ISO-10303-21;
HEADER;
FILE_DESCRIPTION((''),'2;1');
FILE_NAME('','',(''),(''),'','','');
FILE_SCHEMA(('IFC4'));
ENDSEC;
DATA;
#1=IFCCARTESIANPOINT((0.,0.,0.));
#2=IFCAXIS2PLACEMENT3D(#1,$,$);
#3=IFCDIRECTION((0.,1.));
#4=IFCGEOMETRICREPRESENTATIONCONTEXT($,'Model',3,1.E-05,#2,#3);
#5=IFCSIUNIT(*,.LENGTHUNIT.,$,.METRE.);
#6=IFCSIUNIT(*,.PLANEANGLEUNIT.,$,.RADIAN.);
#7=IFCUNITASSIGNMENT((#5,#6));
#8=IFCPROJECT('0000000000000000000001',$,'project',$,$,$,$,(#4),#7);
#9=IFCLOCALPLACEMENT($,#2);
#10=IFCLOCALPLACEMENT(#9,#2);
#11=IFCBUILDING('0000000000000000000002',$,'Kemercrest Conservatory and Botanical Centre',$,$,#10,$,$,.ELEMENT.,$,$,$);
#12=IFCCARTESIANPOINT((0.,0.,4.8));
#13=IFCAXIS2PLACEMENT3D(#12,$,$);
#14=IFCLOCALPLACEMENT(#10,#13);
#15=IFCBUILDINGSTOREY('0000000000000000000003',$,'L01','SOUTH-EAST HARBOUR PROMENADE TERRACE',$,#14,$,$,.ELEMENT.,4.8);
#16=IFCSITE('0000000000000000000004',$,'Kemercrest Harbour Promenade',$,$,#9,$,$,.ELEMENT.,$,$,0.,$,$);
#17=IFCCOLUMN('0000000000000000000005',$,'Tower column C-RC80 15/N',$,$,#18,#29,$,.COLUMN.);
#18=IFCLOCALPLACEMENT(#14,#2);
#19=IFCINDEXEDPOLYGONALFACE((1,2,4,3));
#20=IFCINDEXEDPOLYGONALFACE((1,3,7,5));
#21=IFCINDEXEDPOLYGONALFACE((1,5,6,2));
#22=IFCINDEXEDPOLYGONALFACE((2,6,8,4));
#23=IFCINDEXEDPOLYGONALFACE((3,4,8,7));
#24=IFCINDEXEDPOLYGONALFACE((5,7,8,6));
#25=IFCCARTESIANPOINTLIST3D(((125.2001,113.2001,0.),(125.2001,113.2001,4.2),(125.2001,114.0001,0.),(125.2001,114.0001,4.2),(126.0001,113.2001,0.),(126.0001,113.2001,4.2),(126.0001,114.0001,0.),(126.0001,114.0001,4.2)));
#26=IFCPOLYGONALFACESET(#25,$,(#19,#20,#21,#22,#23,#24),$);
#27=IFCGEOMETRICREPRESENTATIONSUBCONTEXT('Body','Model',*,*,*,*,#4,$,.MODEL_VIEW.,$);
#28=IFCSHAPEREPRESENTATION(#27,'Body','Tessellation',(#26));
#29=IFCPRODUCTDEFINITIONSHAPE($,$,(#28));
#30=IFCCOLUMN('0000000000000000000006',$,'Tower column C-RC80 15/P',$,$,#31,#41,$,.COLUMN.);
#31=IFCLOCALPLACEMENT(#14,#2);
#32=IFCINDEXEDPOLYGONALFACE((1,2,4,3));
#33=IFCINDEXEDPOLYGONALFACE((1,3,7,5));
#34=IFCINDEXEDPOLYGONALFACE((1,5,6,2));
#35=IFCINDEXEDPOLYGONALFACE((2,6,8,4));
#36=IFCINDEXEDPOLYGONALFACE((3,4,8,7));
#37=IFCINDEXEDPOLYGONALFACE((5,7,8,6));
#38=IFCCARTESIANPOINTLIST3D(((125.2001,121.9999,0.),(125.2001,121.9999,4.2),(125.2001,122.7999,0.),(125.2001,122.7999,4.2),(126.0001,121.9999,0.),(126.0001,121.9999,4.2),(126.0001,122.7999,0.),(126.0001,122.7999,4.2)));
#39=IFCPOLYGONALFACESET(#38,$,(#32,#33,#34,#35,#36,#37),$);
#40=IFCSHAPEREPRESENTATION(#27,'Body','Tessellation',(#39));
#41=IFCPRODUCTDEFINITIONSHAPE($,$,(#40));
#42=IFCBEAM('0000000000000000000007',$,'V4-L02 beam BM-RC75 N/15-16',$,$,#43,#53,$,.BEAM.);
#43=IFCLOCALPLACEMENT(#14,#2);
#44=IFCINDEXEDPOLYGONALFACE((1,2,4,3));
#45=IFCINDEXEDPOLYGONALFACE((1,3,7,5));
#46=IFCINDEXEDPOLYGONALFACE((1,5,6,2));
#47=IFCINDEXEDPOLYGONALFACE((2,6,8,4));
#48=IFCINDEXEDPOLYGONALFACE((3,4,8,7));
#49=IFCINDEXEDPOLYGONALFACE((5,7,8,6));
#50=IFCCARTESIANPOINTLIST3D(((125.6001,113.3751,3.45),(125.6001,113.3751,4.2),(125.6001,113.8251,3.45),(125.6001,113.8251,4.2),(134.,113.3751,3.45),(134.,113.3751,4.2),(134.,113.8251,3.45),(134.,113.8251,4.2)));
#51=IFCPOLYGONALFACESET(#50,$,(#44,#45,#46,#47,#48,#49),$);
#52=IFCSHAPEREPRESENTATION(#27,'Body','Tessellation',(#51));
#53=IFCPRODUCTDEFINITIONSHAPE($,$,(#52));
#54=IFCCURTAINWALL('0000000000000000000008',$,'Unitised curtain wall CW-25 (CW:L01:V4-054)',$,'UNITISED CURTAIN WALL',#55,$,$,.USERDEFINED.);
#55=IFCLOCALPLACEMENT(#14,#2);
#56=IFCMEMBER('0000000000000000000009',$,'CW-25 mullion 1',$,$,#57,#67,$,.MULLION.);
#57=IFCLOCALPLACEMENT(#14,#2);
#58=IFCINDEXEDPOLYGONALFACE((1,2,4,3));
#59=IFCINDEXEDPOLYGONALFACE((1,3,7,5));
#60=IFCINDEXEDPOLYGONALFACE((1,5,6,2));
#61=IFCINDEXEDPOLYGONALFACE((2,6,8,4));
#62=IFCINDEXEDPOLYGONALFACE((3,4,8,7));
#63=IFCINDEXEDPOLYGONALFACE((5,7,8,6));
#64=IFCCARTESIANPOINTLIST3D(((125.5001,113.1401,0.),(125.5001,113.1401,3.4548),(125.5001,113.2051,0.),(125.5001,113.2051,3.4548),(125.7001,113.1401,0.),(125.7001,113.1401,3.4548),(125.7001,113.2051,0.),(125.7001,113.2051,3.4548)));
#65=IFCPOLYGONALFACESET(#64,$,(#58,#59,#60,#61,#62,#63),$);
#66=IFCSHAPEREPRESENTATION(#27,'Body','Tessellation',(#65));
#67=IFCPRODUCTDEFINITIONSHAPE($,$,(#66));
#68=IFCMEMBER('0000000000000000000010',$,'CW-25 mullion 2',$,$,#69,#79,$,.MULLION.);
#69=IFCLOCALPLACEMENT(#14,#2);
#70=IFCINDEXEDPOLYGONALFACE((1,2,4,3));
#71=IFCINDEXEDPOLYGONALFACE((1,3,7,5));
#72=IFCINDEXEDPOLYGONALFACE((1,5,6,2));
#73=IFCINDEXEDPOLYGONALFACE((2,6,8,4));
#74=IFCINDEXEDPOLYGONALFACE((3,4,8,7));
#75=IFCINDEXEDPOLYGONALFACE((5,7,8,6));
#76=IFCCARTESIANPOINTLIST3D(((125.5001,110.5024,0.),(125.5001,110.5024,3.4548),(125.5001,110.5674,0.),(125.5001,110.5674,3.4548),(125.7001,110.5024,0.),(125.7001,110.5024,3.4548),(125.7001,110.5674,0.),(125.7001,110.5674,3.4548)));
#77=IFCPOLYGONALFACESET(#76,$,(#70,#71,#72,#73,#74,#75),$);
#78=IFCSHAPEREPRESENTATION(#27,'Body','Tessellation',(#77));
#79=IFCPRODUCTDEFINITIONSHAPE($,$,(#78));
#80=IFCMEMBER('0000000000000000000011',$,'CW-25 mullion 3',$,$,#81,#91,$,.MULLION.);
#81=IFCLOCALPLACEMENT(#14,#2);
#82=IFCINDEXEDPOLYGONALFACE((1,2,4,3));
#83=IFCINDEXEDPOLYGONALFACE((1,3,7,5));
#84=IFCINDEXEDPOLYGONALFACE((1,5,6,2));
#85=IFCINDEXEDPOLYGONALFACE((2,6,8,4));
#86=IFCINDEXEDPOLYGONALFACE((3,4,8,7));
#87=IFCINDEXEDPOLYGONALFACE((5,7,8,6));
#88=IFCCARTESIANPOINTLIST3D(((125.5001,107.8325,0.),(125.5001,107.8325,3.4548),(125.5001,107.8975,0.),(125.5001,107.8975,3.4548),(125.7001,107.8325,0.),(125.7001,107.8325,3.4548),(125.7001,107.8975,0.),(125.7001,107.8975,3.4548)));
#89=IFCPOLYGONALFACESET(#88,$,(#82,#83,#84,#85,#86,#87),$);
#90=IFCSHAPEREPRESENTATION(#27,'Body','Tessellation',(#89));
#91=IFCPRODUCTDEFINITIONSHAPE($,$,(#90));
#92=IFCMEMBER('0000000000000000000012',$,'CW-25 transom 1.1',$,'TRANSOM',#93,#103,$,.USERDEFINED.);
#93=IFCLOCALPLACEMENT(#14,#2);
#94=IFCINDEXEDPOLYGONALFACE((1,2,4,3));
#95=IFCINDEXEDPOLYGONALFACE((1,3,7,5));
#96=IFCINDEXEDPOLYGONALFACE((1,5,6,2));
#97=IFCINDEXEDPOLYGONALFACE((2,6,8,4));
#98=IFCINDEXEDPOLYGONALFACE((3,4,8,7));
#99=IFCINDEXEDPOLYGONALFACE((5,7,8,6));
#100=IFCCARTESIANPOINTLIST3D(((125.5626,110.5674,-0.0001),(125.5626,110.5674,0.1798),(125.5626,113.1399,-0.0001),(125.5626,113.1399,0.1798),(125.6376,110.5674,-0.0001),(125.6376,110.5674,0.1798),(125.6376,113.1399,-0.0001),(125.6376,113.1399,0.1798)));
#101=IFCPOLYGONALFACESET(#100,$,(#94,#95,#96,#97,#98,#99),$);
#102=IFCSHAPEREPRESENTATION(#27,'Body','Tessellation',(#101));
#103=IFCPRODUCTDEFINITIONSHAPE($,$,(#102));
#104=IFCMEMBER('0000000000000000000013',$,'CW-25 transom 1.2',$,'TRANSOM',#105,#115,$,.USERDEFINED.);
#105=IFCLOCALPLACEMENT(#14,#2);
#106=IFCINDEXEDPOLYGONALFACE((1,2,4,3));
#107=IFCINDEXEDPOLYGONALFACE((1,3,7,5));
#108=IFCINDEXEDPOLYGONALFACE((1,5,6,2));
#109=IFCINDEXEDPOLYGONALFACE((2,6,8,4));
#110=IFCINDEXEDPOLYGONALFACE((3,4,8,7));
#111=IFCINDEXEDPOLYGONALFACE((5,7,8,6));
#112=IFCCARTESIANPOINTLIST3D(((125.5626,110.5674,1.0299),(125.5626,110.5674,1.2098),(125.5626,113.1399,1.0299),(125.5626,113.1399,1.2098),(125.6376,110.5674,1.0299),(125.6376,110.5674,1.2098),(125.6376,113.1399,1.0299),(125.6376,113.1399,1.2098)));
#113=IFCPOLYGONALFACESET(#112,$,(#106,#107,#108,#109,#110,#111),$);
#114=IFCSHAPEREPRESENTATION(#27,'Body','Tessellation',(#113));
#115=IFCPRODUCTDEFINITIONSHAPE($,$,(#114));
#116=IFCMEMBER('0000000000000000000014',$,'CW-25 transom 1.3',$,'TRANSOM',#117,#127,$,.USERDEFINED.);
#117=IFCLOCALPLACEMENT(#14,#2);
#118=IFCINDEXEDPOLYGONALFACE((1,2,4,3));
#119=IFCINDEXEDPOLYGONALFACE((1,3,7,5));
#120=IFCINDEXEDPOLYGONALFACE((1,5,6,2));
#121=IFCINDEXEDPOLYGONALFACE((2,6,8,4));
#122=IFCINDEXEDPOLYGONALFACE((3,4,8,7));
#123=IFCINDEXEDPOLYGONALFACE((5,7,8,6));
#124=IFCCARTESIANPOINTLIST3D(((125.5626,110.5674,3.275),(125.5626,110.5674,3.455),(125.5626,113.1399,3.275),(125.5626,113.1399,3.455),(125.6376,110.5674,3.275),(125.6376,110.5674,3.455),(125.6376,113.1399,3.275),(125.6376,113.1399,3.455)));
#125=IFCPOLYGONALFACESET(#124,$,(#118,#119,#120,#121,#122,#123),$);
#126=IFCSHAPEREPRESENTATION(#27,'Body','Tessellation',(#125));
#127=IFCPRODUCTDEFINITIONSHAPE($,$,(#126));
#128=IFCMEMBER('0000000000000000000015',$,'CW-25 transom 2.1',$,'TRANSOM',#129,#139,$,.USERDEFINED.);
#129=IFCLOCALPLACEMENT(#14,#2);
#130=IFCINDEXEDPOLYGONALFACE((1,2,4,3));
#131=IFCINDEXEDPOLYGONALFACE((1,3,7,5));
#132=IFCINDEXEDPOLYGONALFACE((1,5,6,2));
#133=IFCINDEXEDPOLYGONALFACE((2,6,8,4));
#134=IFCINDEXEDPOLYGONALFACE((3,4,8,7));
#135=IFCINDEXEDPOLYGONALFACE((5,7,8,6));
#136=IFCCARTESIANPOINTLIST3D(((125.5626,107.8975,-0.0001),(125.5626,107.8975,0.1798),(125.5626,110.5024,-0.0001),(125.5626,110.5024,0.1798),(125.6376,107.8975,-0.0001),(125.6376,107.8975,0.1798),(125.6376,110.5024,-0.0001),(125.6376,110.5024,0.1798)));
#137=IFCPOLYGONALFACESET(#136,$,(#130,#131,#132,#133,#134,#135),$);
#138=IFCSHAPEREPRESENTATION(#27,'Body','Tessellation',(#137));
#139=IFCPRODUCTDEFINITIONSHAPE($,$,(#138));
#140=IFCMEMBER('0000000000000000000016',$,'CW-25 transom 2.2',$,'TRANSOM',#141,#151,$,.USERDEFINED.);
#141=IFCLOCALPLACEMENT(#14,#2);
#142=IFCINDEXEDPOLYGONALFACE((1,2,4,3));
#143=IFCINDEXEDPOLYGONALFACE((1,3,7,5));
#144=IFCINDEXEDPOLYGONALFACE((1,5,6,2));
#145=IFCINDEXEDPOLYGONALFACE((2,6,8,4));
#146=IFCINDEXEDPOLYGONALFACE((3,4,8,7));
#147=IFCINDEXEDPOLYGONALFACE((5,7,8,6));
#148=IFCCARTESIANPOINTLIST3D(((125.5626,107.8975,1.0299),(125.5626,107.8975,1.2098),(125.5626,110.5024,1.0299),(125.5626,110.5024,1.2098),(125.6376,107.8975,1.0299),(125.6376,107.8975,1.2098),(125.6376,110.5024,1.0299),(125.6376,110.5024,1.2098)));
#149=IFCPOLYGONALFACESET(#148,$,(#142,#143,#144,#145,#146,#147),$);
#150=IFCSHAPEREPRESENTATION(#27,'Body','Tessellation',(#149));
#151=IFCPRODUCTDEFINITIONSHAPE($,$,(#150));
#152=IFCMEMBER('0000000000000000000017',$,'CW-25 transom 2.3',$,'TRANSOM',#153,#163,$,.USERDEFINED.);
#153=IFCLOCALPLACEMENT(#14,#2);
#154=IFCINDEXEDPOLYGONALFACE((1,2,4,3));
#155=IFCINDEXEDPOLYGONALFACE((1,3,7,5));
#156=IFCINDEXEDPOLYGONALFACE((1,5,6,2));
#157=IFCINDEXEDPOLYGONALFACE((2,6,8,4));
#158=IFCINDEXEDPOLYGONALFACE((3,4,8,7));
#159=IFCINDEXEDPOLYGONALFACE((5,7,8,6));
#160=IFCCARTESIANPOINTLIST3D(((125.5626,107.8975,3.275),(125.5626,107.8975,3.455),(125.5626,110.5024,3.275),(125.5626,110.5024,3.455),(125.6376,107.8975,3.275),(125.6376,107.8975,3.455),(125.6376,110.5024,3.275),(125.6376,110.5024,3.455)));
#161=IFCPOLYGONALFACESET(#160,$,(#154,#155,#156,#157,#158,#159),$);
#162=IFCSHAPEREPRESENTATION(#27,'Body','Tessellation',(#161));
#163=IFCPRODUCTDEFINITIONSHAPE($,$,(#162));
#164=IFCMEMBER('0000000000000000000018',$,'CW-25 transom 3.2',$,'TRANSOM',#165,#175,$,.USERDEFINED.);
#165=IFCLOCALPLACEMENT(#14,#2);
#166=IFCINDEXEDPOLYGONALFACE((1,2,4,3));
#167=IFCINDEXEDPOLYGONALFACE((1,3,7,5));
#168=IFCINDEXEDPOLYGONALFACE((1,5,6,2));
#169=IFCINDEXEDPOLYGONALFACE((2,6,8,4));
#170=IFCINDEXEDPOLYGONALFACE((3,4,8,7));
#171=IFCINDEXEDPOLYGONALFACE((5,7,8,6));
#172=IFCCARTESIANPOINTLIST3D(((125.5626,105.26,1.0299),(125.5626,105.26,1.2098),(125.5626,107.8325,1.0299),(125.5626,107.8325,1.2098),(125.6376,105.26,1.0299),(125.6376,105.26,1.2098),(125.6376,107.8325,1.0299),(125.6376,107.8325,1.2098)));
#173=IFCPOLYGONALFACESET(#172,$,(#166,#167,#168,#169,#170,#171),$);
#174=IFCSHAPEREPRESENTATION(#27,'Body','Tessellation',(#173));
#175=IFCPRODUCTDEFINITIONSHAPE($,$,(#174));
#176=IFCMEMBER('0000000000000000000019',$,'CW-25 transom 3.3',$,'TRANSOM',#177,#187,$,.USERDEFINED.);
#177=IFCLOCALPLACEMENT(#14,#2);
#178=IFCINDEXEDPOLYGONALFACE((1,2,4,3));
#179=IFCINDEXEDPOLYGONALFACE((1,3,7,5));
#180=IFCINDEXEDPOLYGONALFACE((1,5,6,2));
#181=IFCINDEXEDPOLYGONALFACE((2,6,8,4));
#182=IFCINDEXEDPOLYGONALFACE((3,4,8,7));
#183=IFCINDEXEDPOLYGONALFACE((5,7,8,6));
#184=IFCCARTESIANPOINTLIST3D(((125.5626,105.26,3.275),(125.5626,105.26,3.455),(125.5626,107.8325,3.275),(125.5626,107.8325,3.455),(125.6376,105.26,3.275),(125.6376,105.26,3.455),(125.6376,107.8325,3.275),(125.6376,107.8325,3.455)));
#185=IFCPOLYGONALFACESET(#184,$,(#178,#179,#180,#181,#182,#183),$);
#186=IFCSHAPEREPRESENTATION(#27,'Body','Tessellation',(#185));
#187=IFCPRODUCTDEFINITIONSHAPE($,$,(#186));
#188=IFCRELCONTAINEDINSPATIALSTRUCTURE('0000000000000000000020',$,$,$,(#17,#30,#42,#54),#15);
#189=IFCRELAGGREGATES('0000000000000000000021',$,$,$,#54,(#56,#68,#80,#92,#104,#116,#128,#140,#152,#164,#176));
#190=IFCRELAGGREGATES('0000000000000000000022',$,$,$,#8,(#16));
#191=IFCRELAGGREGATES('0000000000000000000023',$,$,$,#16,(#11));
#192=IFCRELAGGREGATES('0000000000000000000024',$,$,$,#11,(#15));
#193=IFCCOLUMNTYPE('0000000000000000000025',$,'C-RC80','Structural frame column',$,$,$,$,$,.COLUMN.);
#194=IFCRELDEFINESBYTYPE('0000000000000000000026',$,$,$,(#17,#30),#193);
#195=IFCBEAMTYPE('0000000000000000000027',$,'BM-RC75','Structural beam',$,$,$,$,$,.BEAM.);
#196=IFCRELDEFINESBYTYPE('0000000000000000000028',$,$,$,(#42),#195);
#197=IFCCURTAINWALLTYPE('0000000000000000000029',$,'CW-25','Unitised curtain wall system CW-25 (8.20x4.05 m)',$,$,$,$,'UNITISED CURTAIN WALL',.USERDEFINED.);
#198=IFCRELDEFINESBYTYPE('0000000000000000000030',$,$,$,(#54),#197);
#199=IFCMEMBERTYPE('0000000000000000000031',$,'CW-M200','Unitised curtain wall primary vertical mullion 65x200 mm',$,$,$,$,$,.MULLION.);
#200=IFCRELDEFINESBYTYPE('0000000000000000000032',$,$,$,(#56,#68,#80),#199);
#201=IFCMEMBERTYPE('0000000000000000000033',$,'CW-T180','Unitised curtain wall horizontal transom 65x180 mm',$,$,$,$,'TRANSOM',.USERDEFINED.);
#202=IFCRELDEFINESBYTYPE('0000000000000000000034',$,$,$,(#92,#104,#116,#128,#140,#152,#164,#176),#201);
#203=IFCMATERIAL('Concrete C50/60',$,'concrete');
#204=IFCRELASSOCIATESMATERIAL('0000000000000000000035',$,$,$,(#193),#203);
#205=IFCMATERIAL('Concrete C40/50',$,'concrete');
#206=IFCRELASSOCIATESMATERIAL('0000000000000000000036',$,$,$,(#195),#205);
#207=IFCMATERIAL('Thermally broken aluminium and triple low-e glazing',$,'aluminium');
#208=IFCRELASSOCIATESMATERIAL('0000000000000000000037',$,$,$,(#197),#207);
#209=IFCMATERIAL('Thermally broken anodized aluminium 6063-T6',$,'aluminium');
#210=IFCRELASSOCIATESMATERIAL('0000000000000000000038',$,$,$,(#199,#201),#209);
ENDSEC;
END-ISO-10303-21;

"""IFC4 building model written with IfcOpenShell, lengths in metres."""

from ifc_helpers import new_model, si_unit, direction, frame, origin, origin_2d, place, context, subcontext, project, spatial, rectangle, extrude, material, material_profile, profile_set, type_object, element, aggregate, save


model = new_model("IFC4")

# Units and contexts
model_context = context("Model", 3, precision=1e-05, world=origin(), true_north=direction((0.0, 1.0)))
body_context = subcontext(model_context, "Body", "Model", "MODEL_VIEW")
ifc_project = project(units=[si_unit("LENGTHUNIT", "METRE"), si_unit("PLANEANGLEUNIT", "RADIAN")], contexts=[model_context])

# Site, building, storey
site_placement = place(None, origin())
site = spatial("IfcSite", under=ifc_project, at=site_placement, Name="Kemercrest Harbour Promenade", CompositionType="ELEMENT", RefElevation=0.0)
building_placement = place(site_placement, origin())
building = spatial("IfcBuilding", under=site, at=building_placement, Name="Kemercrest Conservatory and Botanical Centre", CompositionType="ELEMENT")
storey_placement = place(building_placement, frame((0.0, 0.0, 4.8)))
storey = spatial("IfcBuildingStorey", under=building, at=storey_placement, Name="L01", Description="SOUTH-EAST HARBOUR PROMENADE TERRACE", CompositionType="ELEMENT", Elevation=4.8)

# Columns
ifc_material_1 = material(Name="Concrete C50/60", Category="concrete")
ifc_material_profile_1 = material_profile(ifc_material_1, rectangle(XDim=0.8, YDim=0.8, at=origin_2d()), Name="RC 800x800")
ifc_profile_set_1 = profile_set([ifc_material_profile_1], Name="Concrete C50/60")
column_type = type_object("IfcColumnType", Name="C-RC80", Description="Structural frame column", PredefinedType="COLUMN", material=ifc_profile_set_1)
for number, where, z_axis, x_axis, name in (
    (1, (125.6001, 113.6001, 0.0), (0.0, 0.0, 1.0), (1.0, 0.0, 0.0), "Tower column C-RC80 15/N"),
    (2, (125.6001, 122.3999, 0.0), (0.0, 0.0, 1.0), (1.0, 0.0, 0.0), "Tower column C-RC80 15/P"),
):
    element("IfcColumn", number, at=place(storey_placement, frame(where, z_axis=z_axis, x_axis=x_axis)), inside=storey, type_object=column_type, Name=name, PredefinedType="COLUMN", context=body_context, shape_type="SweptSolid", body=[
        extrude(rectangle(XDim=0.8, YDim=0.8, at=origin_2d()), origin(), (0.0, 0.0, 1.0), 4.2),
    ])

# Beam
ifc_material_2 = material(Name="Concrete C40/50", Category="concrete")
ifc_material_profile_2 = material_profile(ifc_material_2, rectangle(XDim=0.45, YDim=0.75, at=origin_2d()), Name="RC 450x750")
ifc_profile_set_2 = profile_set([ifc_material_profile_2], Name="Concrete C40/50")
beam_type_1 = type_object("IfcBeamType", Name="BM-RC75", Description="Structural beam", PredefinedType="BEAM", material=ifc_profile_set_2)
beam_1_placement = place(storey_placement, frame((125.6001, 113.6001, 3.825), z_axis=(1.0, 0.0, 0.0), x_axis=(0.0, 1.0, 0.0)))
element("IfcBeam", 3, at=beam_1_placement, inside=storey, type_object=beam_type_1, Name="V4-L02 beam BM-RC75 N/15-16", PredefinedType="BEAM", context=body_context, shape_type="SweptSolid", body=[
    extrude(rectangle(XDim=0.45, YDim=0.75, at=origin_2d()), origin(), (0.0, 0.0, 1.0), 8.3999),
])

# Curtain wall, members
ifc_material_3 = material(Name="Thermally broken aluminium and triple low-e glazing", Category="aluminium")
curtain_wall_type = type_object("IfcCurtainWallType", Name="CW-25", Description="Unitised curtain wall system CW-25 (8.20x4.05 m)", ElementType="UNITISED CURTAIN WALL", PredefinedType="USERDEFINED", material=ifc_material_3)
curtain_wall_placement = place(storey_placement, origin())
curtain_wall = element("IfcCurtainWall", 4, at=curtain_wall_placement, inside=storey, type_object=curtain_wall_type, Name="Unitised curtain wall CW-25 (CW:L01:V4-054)", ObjectType="UNITISED CURTAIN WALL", PredefinedType="USERDEFINED")
ifc_material_4 = material(Name="Thermally broken anodized aluminium 6063-T6", Category="aluminium")
ifc_material_profile_3 = material_profile(ifc_material_4, rectangle(XDim=0.2, YDim=0.0649, at=origin_2d()), Name="AL MULLION 65x200")
ifc_profile_set_3 = profile_set([ifc_material_profile_3], Name="Thermally broken anodized aluminium 6063-T6")
member_type_1 = type_object("IfcMemberType", Name="CW-M200", Description="Unitised curtain wall primary vertical mullion 65x200 mm", PredefinedType="MULLION", material=ifc_profile_set_3)
member_1_placement = place(storey_placement, frame((125.6001, 113.1726, 0.0), z_axis=(0.0, 0.0, 1.0), x_axis=(1.0, 0.0, 0.0)))
member_1 = element("IfcMember", 5, at=member_1_placement, type_object=member_type_1, Name="CW-25 mullion 1", PredefinedType="MULLION", context=body_context, shape_type="SweptSolid", body=[
    extrude(rectangle(XDim=0.2, YDim=0.0649, at=origin_2d()), origin(), (0.0, 0.0, 1.0), 3.4548),
])
member_2_placement = place(storey_placement, frame((125.6001, 110.5349, 0.0), z_axis=(0.0, 0.0, 1.0), x_axis=(1.0, 0.0, 0.0)))
member_2 = element("IfcMember", 6, at=member_2_placement, type_object=member_type_1, Name="CW-25 mullion 2", PredefinedType="MULLION", context=body_context, shape_type="SweptSolid", body=[
    extrude(rectangle(XDim=0.2, YDim=0.0649, at=origin_2d()), origin(), (0.0, 0.0, 1.0), 3.4548),
])
member_3_placement = place(storey_placement, frame((125.6001, 107.865, 0.0), z_axis=(0.0, 0.0, 1.0), x_axis=(1.0, 0.0, 0.0)))
member_3 = element("IfcMember", 7, at=member_3_placement, type_object=member_type_1, Name="CW-25 mullion 3", PredefinedType="MULLION", context=body_context, shape_type="SweptSolid", body=[
    extrude(rectangle(XDim=0.2, YDim=0.0649, at=origin_2d()), origin(), (0.0, 0.0, 1.0), 3.4548),
])
ifc_material_profile_4 = material_profile(ifc_material_4, rectangle(XDim=0.075, YDim=0.1799, at=origin_2d()), Name="AL TRANSOM 75x180")
ifc_profile_set_4 = profile_set([ifc_material_profile_4], Name="Thermally broken anodized aluminium 6063-T6")
member_type_2 = type_object("IfcMemberType", Name="CW-T180", Description="Unitised curtain wall horizontal transom 65x180 mm", ElementType="TRANSOM", PredefinedType="USERDEFINED", material=ifc_profile_set_4)
member_4_placement = place(storey_placement, frame((125.6001, 113.1399, 0.0898), z_axis=(0.0, -1.0, 0.0), x_axis=(1.0, 0.0, 0.0)))
member_4 = element("IfcMember", 8, at=member_4_placement, type_object=member_type_2, Name="CW-25 transom 1.1", ObjectType="TRANSOM", PredefinedType="USERDEFINED", context=body_context, shape_type="SweptSolid", body=[
    extrude(rectangle(XDim=0.075, YDim=0.1799, at=origin_2d()), origin(), (0.0, 0.0, 1.0), 2.5725),
])
member_5_placement = place(storey_placement, frame((125.6001, 113.1399, 1.1199), z_axis=(0.0, -1.0, 0.0), x_axis=(1.0, 0.0, 0.0)))
member_5 = element("IfcMember", 9, at=member_5_placement, type_object=member_type_2, Name="CW-25 transom 1.2", ObjectType="TRANSOM", PredefinedType="USERDEFINED", context=body_context, shape_type="SweptSolid", body=[
    extrude(rectangle(XDim=0.075, YDim=0.1799, at=origin_2d()), origin(), (0.0, 0.0, 1.0), 2.5725),
])
member_6_placement = place(storey_placement, frame((125.6001, 113.1399, 3.365), z_axis=(0.0, -1.0, 0.0), x_axis=(1.0, 0.0, 0.0)))
member_6 = element("IfcMember", 10, at=member_6_placement, type_object=member_type_2, Name="CW-25 transom 1.3", ObjectType="TRANSOM", PredefinedType="USERDEFINED", context=body_context, shape_type="SweptSolid", body=[
    extrude(rectangle(XDim=0.075, YDim=0.1799, at=origin_2d()), origin(), (0.0, 0.0, 1.0), 2.5725),
])
member_7_placement = place(storey_placement, frame((125.6001, 110.5024, 0.0898), z_axis=(0.0, -1.0, 0.0), x_axis=(1.0, 0.0, 0.0)))
member_7 = element("IfcMember", 11, at=member_7_placement, type_object=member_type_2, Name="CW-25 transom 2.1", ObjectType="TRANSOM", PredefinedType="USERDEFINED", context=body_context, shape_type="SweptSolid", body=[
    extrude(rectangle(XDim=0.075, YDim=0.1799, at=origin_2d()), origin(), (0.0, 0.0, 1.0), 2.605),
])
member_8_placement = place(storey_placement, frame((125.6001, 110.5024, 1.1199), z_axis=(0.0, -1.0, 0.0), x_axis=(1.0, 0.0, 0.0)))
member_8 = element("IfcMember", 12, at=member_8_placement, type_object=member_type_2, Name="CW-25 transom 2.2", ObjectType="TRANSOM", PredefinedType="USERDEFINED", context=body_context, shape_type="SweptSolid", body=[
    extrude(rectangle(XDim=0.075, YDim=0.1799, at=origin_2d()), origin(), (0.0, 0.0, 1.0), 2.605),
])
member_9_placement = place(storey_placement, frame((125.6001, 110.5024, 3.365), z_axis=(0.0, -1.0, 0.0), x_axis=(1.0, 0.0, 0.0)))
member_9 = element("IfcMember", 13, at=member_9_placement, type_object=member_type_2, Name="CW-25 transom 2.3", ObjectType="TRANSOM", PredefinedType="USERDEFINED", context=body_context, shape_type="SweptSolid", body=[
    extrude(rectangle(XDim=0.075, YDim=0.1799, at=origin_2d()), origin(), (0.0, 0.0, 1.0), 2.605),
])
member_10_placement = place(storey_placement, frame((125.6001, 107.8325, 1.1199), z_axis=(0.0, -1.0, 0.0), x_axis=(1.0, 0.0, 0.0)))
member_10 = element("IfcMember", 14, at=member_10_placement, type_object=member_type_2, Name="CW-25 transom 3.2", ObjectType="TRANSOM", PredefinedType="USERDEFINED", context=body_context, shape_type="SweptSolid", body=[
    extrude(rectangle(XDim=0.075, YDim=0.1799, at=origin_2d()), origin(), (0.0, 0.0, 1.0), 2.5725),
])
member_11_placement = place(storey_placement, frame((125.6001, 107.8325, 3.365), z_axis=(0.0, -1.0, 0.0), x_axis=(1.0, 0.0, 0.0)))
member_11 = element("IfcMember", 15, at=member_11_placement, type_object=member_type_2, Name="CW-25 transom 3.3", ObjectType="TRANSOM", PredefinedType="USERDEFINED", context=body_context, shape_type="SweptSolid", body=[
    extrude(rectangle(XDim=0.075, YDim=0.1799, at=origin_2d()), origin(), (0.0, 0.0, 1.0), 2.5725),
])

aggregate(curtain_wall, [member_1, member_2, member_3, member_4, member_5, member_6, member_7, member_8, member_9, member_10, member_11])

save(model, "model.ifc")
